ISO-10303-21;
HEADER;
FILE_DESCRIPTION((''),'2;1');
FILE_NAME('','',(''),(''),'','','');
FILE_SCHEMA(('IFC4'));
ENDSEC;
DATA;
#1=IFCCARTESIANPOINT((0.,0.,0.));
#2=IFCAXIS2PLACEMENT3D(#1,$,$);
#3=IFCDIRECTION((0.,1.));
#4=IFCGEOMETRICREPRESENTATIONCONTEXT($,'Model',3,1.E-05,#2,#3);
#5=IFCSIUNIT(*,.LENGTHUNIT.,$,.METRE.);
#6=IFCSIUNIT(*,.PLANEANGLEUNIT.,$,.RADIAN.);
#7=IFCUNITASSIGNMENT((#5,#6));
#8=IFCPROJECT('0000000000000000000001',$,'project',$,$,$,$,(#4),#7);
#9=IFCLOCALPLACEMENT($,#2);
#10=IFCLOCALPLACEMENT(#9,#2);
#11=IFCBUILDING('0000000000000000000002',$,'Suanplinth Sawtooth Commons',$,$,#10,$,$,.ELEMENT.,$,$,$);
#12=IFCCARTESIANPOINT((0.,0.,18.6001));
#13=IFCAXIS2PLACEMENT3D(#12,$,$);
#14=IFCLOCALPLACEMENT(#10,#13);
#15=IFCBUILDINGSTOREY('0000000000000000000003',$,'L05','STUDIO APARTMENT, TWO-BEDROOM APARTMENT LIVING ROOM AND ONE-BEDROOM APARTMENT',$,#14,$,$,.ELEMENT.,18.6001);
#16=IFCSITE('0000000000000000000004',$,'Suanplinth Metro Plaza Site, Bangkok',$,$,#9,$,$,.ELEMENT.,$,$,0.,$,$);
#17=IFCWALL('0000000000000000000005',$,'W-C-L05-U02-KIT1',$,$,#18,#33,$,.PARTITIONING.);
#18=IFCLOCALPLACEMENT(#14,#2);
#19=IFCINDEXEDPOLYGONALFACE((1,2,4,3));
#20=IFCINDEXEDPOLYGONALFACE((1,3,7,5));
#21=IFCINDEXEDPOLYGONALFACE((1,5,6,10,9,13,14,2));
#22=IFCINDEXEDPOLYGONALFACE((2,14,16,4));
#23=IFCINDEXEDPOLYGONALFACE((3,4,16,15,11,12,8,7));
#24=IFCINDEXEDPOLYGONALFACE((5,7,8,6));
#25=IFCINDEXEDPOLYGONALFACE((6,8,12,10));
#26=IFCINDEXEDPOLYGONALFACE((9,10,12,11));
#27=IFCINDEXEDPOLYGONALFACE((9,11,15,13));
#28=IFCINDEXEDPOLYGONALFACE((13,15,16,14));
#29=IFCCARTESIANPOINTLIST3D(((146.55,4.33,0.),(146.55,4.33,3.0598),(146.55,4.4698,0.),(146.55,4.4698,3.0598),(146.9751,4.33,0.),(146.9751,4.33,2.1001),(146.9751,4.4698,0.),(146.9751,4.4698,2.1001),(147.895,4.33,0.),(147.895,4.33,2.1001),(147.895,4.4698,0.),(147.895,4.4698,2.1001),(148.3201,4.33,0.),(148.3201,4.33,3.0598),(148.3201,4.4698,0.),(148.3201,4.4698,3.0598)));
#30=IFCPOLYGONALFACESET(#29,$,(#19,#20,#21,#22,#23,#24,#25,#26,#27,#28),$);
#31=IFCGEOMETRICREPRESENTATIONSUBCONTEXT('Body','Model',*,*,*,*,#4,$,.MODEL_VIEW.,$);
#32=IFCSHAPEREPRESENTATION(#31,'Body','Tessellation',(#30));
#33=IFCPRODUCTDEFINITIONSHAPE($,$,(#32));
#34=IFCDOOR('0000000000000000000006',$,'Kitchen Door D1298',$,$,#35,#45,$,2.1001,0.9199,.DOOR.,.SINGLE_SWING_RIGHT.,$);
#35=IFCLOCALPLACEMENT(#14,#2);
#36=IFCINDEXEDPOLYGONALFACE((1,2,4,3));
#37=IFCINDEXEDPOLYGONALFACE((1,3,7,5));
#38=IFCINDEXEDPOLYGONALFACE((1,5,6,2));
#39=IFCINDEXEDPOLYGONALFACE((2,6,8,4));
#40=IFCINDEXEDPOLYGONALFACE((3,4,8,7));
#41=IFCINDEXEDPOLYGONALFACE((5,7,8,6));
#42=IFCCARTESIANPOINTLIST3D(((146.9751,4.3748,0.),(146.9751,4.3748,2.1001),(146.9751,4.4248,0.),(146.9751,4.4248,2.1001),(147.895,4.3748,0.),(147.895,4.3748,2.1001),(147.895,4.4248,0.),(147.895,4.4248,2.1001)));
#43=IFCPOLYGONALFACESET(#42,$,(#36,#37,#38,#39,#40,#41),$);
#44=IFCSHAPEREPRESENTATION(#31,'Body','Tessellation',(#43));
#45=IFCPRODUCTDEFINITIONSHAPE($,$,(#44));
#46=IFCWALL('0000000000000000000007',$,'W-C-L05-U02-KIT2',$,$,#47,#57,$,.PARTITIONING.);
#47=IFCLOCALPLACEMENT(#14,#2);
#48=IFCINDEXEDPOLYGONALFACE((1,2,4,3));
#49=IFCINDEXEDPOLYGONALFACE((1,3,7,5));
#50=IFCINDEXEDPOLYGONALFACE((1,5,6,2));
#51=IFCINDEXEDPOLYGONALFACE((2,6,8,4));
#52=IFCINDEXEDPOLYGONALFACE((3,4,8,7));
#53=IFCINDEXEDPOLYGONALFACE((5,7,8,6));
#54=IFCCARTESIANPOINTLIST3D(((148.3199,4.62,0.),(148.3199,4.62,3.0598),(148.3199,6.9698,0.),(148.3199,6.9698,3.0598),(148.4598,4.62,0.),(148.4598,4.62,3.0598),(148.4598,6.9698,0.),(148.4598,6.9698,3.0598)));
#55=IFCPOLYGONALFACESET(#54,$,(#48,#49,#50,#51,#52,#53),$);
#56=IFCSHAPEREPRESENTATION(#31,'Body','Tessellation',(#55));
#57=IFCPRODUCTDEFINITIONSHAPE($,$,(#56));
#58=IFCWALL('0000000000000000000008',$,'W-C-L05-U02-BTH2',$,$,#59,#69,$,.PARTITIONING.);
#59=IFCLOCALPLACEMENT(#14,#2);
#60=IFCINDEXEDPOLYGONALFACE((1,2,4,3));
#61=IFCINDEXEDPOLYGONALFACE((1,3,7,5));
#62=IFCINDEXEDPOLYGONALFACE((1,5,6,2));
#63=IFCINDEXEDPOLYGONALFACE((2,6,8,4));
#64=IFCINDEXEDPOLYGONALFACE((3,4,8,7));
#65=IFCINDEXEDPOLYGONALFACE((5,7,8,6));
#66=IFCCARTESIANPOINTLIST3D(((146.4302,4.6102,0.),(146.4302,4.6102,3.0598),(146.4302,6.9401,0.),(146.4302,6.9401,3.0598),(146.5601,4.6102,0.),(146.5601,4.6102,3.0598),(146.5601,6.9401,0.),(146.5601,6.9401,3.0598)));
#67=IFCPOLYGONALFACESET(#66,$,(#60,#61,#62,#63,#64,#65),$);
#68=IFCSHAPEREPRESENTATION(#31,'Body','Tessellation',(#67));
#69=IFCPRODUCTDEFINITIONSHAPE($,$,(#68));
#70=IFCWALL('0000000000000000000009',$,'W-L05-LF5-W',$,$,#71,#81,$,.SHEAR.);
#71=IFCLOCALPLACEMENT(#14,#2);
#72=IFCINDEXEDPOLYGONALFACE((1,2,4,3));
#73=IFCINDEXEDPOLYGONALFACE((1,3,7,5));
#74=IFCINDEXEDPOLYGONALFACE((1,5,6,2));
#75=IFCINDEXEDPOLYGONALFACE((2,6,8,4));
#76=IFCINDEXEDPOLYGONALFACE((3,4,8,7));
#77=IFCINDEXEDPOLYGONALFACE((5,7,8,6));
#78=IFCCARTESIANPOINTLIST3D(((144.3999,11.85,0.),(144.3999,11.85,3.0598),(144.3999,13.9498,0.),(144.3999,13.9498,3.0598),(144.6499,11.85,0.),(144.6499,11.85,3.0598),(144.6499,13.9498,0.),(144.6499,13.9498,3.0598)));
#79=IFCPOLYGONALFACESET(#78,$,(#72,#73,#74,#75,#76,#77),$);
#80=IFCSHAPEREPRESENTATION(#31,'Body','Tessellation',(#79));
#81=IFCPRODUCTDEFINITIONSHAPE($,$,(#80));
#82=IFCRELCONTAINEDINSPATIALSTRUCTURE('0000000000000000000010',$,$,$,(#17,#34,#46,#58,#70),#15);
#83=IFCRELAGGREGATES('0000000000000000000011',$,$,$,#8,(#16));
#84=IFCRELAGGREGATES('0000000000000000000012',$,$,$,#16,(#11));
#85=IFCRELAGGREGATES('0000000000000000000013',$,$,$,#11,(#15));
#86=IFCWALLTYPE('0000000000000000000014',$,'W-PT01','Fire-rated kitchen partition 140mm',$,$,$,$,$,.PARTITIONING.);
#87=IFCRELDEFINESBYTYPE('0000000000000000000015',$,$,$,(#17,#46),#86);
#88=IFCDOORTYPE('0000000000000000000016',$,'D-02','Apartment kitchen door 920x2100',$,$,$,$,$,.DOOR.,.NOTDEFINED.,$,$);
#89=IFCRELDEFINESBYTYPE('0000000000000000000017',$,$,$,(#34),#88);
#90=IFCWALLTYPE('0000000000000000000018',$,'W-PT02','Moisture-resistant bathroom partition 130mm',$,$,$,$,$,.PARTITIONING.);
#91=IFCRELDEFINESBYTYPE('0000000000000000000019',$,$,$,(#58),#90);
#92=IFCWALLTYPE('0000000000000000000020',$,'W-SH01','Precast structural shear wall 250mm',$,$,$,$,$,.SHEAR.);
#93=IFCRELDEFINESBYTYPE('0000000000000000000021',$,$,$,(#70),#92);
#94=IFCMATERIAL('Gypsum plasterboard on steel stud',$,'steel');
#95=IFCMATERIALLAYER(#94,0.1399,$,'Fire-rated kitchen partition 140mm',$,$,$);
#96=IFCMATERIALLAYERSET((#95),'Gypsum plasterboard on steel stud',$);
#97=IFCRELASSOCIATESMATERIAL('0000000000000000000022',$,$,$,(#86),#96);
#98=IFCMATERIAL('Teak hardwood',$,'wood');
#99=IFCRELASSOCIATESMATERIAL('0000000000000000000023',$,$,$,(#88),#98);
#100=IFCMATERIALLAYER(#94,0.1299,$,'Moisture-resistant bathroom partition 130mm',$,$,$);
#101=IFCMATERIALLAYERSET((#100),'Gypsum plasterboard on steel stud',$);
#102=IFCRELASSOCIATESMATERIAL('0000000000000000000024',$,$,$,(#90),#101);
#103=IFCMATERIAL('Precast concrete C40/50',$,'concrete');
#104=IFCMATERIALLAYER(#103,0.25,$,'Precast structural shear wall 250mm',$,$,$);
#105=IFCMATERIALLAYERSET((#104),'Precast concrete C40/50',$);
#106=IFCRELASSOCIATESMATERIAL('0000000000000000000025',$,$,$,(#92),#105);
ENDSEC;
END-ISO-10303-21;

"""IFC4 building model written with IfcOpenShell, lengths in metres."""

from ifc_helpers import new_model, si_unit, direction, frame, frame_2d, origin, place, context, subcontext, project, spatial, rectangle, extrude, material, layer, layer_set, type_object, element, fill, save


model = new_model("IFC4")

# Units and contexts
model_context = context("Model", 3, precision=1e-05, world=origin(), true_north=direction((0.0, 1.0)))
body_context = subcontext(model_context, "Body", "Model", "MODEL_VIEW")
ifc_project = project(units=[si_unit("LENGTHUNIT", "METRE"), si_unit("PLANEANGLEUNIT", "RADIAN")], contexts=[model_context])

# Site, building, storey
site_placement = place(None, origin())
site = spatial("IfcSite", under=ifc_project, at=site_placement, Name="Suanplinth Metro Plaza Site, Bangkok", CompositionType="ELEMENT", RefElevation=0.0)
building_placement = place(site_placement, origin())
building = spatial("IfcBuilding", under=site, at=building_placement, Name="Suanplinth Sawtooth Commons", CompositionType="ELEMENT")
storey_placement = place(building_placement, frame((0.0, 0.0, 18.6001)))
storey = spatial("IfcBuildingStorey", under=building, at=storey_placement, Name="L05", Description="STUDIO APARTMENT, TWO-BEDROOM APARTMENT LIVING ROOM AND ONE-BEDROOM APARTMENT", CompositionType="ELEMENT", Elevation=18.6001)

# Shared definitions
ifc_material_1 = material(Name="Precast concrete C40/50", Category="concrete")

# Wall, opening, door
ifc_material_2 = material(Name="Teak hardwood", Category="wood")
ifc_material_3 = material(Name="Gypsum plasterboard on steel stud", Category="steel")
ifc_layer_1 = layer(ifc_material_3, 0.1399, Name="Fire-rated kitchen partition 140mm")
ifc_layer_set_1 = layer_set([ifc_layer_1], Name="Gypsum plasterboard on steel stud")
wall_type_1 = type_object("IfcWallType", Name="W-PT01", Description="Fire-rated kitchen partition 140mm", PredefinedType="PARTITIONING", material=ifc_layer_set_1)
wall_1_placement = place(storey_placement, frame((146.55, 4.3999, 0.0), z_axis=(0.0, 0.0, 1.0), x_axis=(1.0, 0.0, 0.0)))
wall_1 = element("IfcWall", 1, at=wall_1_placement, inside=storey, type_object=wall_type_1, Name="W-C-L05-U02-KIT1", PredefinedType="PARTITIONING", context=body_context, shape_type="SweptSolid", body=[
    extrude(rectangle(XDim=1.77, YDim=0.1399, at=frame_2d((0.885, 0.0))), origin(), (0.0, 0.0, 1.0), 3.0598),
])
opening_1_placement = place(wall_1_placement, frame((0.425, 0.0, 0.0)))
opening_1 = element("IfcOpeningElement", 2, at=opening_1_placement, cuts=wall_1, PredefinedType="OPENING", context=body_context, shape_type="SweptSolid", body=[
    extrude(rectangle(XDim=0.9199, YDim=2.1001, at=frame_2d((0.46, 1.05))), frame((0.0, 0.085, 0.0), z_axis=(0.0, -1.0, 0.0), x_axis=(1.0, 0.0, 0.0)), (0.0, 0.0, 1.0), 0.1697),
])
door_type_1 = type_object("IfcDoorType", Name="D-02", Description="Apartment kitchen door 920x2100", OperationType="NOTDEFINED", PredefinedType="DOOR", material=ifc_material_2)
door_1_placement = place(opening_1_placement, origin())
door_1 = element("IfcDoor", 3, at=door_1_placement, inside=storey, type_object=door_type_1, Name="Kitchen Door D1298", OperationType="SINGLE_SWING_RIGHT", OverallHeight=2.1001, OverallWidth=0.9199, PredefinedType="DOOR", context=body_context, shape_type="SweptSolid", body=[
    extrude(rectangle(XDim=0.9199, YDim=2.1001, at=frame_2d((0.46, 1.05))), frame((0.0, 0.0249, 0.0), z_axis=(0.0, -1.0, 0.0), x_axis=(1.0, 0.0, 0.0)), (0.0, 0.0, 1.0), 0.05),
])
fill(opening_1, door_1)

# Walls
wall_2_placement = place(storey_placement, frame((148.3899, 4.6201, 0.0), z_axis=(0.0, 0.0, 1.0), x_axis=(0.0, 1.0, 0.0)))
element("IfcWall", 4, at=wall_2_placement, inside=storey, type_object=wall_type_1, Name="W-C-L05-U02-KIT2", PredefinedType="PARTITIONING", context=body_context, shape_type="SweptSolid", body=[
    extrude(rectangle(XDim=2.3499, YDim=0.1399, at=frame_2d((1.1748, 0.0))), origin(), (0.0, 0.0, 1.0), 3.0598),
])
ifc_layer_2 = layer(ifc_material_3, 0.1299, Name="Moisture-resistant bathroom partition 130mm")
ifc_layer_set_2 = layer_set([ifc_layer_2], Name="Gypsum plasterboard on steel stud")
wall_type_2 = type_object("IfcWallType", Name="W-PT02", Description="Moisture-resistant bathroom partition 130mm", PredefinedType="PARTITIONING", material=ifc_layer_set_2)
wall_3_placement = place(storey_placement, frame((146.4951, 4.6101, 0.0), z_axis=(0.0, 0.0, 1.0), x_axis=(0.0, 1.0, 0.0)))
element("IfcWall", 5, at=wall_3_placement, inside=storey, type_object=wall_type_2, Name="W-C-L05-U02-BTH2", PredefinedType="PARTITIONING", context=body_context, shape_type="SweptSolid", body=[
    extrude(rectangle(XDim=2.3298, YDim=0.1299, at=frame_2d((1.165, 0.0))), origin(), (0.0, 0.0, 1.0), 3.0598),
])
ifc_layer_3 = layer(ifc_material_1, 0.25, Name="Precast structural shear wall 250mm")
ifc_layer_set_3 = layer_set([ifc_layer_3], Name="Precast concrete C40/50")
wall_type_3 = type_object("IfcWallType", Name="W-SH01", Description="Precast structural shear wall 250mm", PredefinedType="SHEAR", material=ifc_layer_set_3)
wall_4_placement = place(storey_placement, frame((144.5249, 11.8501, 0.0), z_axis=(0.0, 0.0, 1.0), x_axis=(0.0, 1.0, 0.0)))
element("IfcWall", 6, at=wall_4_placement, inside=storey, type_object=wall_type_3, Name="W-L05-LF5-W", PredefinedType="SHEAR", context=body_context, shape_type="SweptSolid", body=[
    extrude(rectangle(XDim=2.0999, YDim=0.25, at=frame_2d((1.0498, 0.0))), origin(), (0.0, 0.0, 1.0), 3.0598),
])

save(model, "model.ifc")
